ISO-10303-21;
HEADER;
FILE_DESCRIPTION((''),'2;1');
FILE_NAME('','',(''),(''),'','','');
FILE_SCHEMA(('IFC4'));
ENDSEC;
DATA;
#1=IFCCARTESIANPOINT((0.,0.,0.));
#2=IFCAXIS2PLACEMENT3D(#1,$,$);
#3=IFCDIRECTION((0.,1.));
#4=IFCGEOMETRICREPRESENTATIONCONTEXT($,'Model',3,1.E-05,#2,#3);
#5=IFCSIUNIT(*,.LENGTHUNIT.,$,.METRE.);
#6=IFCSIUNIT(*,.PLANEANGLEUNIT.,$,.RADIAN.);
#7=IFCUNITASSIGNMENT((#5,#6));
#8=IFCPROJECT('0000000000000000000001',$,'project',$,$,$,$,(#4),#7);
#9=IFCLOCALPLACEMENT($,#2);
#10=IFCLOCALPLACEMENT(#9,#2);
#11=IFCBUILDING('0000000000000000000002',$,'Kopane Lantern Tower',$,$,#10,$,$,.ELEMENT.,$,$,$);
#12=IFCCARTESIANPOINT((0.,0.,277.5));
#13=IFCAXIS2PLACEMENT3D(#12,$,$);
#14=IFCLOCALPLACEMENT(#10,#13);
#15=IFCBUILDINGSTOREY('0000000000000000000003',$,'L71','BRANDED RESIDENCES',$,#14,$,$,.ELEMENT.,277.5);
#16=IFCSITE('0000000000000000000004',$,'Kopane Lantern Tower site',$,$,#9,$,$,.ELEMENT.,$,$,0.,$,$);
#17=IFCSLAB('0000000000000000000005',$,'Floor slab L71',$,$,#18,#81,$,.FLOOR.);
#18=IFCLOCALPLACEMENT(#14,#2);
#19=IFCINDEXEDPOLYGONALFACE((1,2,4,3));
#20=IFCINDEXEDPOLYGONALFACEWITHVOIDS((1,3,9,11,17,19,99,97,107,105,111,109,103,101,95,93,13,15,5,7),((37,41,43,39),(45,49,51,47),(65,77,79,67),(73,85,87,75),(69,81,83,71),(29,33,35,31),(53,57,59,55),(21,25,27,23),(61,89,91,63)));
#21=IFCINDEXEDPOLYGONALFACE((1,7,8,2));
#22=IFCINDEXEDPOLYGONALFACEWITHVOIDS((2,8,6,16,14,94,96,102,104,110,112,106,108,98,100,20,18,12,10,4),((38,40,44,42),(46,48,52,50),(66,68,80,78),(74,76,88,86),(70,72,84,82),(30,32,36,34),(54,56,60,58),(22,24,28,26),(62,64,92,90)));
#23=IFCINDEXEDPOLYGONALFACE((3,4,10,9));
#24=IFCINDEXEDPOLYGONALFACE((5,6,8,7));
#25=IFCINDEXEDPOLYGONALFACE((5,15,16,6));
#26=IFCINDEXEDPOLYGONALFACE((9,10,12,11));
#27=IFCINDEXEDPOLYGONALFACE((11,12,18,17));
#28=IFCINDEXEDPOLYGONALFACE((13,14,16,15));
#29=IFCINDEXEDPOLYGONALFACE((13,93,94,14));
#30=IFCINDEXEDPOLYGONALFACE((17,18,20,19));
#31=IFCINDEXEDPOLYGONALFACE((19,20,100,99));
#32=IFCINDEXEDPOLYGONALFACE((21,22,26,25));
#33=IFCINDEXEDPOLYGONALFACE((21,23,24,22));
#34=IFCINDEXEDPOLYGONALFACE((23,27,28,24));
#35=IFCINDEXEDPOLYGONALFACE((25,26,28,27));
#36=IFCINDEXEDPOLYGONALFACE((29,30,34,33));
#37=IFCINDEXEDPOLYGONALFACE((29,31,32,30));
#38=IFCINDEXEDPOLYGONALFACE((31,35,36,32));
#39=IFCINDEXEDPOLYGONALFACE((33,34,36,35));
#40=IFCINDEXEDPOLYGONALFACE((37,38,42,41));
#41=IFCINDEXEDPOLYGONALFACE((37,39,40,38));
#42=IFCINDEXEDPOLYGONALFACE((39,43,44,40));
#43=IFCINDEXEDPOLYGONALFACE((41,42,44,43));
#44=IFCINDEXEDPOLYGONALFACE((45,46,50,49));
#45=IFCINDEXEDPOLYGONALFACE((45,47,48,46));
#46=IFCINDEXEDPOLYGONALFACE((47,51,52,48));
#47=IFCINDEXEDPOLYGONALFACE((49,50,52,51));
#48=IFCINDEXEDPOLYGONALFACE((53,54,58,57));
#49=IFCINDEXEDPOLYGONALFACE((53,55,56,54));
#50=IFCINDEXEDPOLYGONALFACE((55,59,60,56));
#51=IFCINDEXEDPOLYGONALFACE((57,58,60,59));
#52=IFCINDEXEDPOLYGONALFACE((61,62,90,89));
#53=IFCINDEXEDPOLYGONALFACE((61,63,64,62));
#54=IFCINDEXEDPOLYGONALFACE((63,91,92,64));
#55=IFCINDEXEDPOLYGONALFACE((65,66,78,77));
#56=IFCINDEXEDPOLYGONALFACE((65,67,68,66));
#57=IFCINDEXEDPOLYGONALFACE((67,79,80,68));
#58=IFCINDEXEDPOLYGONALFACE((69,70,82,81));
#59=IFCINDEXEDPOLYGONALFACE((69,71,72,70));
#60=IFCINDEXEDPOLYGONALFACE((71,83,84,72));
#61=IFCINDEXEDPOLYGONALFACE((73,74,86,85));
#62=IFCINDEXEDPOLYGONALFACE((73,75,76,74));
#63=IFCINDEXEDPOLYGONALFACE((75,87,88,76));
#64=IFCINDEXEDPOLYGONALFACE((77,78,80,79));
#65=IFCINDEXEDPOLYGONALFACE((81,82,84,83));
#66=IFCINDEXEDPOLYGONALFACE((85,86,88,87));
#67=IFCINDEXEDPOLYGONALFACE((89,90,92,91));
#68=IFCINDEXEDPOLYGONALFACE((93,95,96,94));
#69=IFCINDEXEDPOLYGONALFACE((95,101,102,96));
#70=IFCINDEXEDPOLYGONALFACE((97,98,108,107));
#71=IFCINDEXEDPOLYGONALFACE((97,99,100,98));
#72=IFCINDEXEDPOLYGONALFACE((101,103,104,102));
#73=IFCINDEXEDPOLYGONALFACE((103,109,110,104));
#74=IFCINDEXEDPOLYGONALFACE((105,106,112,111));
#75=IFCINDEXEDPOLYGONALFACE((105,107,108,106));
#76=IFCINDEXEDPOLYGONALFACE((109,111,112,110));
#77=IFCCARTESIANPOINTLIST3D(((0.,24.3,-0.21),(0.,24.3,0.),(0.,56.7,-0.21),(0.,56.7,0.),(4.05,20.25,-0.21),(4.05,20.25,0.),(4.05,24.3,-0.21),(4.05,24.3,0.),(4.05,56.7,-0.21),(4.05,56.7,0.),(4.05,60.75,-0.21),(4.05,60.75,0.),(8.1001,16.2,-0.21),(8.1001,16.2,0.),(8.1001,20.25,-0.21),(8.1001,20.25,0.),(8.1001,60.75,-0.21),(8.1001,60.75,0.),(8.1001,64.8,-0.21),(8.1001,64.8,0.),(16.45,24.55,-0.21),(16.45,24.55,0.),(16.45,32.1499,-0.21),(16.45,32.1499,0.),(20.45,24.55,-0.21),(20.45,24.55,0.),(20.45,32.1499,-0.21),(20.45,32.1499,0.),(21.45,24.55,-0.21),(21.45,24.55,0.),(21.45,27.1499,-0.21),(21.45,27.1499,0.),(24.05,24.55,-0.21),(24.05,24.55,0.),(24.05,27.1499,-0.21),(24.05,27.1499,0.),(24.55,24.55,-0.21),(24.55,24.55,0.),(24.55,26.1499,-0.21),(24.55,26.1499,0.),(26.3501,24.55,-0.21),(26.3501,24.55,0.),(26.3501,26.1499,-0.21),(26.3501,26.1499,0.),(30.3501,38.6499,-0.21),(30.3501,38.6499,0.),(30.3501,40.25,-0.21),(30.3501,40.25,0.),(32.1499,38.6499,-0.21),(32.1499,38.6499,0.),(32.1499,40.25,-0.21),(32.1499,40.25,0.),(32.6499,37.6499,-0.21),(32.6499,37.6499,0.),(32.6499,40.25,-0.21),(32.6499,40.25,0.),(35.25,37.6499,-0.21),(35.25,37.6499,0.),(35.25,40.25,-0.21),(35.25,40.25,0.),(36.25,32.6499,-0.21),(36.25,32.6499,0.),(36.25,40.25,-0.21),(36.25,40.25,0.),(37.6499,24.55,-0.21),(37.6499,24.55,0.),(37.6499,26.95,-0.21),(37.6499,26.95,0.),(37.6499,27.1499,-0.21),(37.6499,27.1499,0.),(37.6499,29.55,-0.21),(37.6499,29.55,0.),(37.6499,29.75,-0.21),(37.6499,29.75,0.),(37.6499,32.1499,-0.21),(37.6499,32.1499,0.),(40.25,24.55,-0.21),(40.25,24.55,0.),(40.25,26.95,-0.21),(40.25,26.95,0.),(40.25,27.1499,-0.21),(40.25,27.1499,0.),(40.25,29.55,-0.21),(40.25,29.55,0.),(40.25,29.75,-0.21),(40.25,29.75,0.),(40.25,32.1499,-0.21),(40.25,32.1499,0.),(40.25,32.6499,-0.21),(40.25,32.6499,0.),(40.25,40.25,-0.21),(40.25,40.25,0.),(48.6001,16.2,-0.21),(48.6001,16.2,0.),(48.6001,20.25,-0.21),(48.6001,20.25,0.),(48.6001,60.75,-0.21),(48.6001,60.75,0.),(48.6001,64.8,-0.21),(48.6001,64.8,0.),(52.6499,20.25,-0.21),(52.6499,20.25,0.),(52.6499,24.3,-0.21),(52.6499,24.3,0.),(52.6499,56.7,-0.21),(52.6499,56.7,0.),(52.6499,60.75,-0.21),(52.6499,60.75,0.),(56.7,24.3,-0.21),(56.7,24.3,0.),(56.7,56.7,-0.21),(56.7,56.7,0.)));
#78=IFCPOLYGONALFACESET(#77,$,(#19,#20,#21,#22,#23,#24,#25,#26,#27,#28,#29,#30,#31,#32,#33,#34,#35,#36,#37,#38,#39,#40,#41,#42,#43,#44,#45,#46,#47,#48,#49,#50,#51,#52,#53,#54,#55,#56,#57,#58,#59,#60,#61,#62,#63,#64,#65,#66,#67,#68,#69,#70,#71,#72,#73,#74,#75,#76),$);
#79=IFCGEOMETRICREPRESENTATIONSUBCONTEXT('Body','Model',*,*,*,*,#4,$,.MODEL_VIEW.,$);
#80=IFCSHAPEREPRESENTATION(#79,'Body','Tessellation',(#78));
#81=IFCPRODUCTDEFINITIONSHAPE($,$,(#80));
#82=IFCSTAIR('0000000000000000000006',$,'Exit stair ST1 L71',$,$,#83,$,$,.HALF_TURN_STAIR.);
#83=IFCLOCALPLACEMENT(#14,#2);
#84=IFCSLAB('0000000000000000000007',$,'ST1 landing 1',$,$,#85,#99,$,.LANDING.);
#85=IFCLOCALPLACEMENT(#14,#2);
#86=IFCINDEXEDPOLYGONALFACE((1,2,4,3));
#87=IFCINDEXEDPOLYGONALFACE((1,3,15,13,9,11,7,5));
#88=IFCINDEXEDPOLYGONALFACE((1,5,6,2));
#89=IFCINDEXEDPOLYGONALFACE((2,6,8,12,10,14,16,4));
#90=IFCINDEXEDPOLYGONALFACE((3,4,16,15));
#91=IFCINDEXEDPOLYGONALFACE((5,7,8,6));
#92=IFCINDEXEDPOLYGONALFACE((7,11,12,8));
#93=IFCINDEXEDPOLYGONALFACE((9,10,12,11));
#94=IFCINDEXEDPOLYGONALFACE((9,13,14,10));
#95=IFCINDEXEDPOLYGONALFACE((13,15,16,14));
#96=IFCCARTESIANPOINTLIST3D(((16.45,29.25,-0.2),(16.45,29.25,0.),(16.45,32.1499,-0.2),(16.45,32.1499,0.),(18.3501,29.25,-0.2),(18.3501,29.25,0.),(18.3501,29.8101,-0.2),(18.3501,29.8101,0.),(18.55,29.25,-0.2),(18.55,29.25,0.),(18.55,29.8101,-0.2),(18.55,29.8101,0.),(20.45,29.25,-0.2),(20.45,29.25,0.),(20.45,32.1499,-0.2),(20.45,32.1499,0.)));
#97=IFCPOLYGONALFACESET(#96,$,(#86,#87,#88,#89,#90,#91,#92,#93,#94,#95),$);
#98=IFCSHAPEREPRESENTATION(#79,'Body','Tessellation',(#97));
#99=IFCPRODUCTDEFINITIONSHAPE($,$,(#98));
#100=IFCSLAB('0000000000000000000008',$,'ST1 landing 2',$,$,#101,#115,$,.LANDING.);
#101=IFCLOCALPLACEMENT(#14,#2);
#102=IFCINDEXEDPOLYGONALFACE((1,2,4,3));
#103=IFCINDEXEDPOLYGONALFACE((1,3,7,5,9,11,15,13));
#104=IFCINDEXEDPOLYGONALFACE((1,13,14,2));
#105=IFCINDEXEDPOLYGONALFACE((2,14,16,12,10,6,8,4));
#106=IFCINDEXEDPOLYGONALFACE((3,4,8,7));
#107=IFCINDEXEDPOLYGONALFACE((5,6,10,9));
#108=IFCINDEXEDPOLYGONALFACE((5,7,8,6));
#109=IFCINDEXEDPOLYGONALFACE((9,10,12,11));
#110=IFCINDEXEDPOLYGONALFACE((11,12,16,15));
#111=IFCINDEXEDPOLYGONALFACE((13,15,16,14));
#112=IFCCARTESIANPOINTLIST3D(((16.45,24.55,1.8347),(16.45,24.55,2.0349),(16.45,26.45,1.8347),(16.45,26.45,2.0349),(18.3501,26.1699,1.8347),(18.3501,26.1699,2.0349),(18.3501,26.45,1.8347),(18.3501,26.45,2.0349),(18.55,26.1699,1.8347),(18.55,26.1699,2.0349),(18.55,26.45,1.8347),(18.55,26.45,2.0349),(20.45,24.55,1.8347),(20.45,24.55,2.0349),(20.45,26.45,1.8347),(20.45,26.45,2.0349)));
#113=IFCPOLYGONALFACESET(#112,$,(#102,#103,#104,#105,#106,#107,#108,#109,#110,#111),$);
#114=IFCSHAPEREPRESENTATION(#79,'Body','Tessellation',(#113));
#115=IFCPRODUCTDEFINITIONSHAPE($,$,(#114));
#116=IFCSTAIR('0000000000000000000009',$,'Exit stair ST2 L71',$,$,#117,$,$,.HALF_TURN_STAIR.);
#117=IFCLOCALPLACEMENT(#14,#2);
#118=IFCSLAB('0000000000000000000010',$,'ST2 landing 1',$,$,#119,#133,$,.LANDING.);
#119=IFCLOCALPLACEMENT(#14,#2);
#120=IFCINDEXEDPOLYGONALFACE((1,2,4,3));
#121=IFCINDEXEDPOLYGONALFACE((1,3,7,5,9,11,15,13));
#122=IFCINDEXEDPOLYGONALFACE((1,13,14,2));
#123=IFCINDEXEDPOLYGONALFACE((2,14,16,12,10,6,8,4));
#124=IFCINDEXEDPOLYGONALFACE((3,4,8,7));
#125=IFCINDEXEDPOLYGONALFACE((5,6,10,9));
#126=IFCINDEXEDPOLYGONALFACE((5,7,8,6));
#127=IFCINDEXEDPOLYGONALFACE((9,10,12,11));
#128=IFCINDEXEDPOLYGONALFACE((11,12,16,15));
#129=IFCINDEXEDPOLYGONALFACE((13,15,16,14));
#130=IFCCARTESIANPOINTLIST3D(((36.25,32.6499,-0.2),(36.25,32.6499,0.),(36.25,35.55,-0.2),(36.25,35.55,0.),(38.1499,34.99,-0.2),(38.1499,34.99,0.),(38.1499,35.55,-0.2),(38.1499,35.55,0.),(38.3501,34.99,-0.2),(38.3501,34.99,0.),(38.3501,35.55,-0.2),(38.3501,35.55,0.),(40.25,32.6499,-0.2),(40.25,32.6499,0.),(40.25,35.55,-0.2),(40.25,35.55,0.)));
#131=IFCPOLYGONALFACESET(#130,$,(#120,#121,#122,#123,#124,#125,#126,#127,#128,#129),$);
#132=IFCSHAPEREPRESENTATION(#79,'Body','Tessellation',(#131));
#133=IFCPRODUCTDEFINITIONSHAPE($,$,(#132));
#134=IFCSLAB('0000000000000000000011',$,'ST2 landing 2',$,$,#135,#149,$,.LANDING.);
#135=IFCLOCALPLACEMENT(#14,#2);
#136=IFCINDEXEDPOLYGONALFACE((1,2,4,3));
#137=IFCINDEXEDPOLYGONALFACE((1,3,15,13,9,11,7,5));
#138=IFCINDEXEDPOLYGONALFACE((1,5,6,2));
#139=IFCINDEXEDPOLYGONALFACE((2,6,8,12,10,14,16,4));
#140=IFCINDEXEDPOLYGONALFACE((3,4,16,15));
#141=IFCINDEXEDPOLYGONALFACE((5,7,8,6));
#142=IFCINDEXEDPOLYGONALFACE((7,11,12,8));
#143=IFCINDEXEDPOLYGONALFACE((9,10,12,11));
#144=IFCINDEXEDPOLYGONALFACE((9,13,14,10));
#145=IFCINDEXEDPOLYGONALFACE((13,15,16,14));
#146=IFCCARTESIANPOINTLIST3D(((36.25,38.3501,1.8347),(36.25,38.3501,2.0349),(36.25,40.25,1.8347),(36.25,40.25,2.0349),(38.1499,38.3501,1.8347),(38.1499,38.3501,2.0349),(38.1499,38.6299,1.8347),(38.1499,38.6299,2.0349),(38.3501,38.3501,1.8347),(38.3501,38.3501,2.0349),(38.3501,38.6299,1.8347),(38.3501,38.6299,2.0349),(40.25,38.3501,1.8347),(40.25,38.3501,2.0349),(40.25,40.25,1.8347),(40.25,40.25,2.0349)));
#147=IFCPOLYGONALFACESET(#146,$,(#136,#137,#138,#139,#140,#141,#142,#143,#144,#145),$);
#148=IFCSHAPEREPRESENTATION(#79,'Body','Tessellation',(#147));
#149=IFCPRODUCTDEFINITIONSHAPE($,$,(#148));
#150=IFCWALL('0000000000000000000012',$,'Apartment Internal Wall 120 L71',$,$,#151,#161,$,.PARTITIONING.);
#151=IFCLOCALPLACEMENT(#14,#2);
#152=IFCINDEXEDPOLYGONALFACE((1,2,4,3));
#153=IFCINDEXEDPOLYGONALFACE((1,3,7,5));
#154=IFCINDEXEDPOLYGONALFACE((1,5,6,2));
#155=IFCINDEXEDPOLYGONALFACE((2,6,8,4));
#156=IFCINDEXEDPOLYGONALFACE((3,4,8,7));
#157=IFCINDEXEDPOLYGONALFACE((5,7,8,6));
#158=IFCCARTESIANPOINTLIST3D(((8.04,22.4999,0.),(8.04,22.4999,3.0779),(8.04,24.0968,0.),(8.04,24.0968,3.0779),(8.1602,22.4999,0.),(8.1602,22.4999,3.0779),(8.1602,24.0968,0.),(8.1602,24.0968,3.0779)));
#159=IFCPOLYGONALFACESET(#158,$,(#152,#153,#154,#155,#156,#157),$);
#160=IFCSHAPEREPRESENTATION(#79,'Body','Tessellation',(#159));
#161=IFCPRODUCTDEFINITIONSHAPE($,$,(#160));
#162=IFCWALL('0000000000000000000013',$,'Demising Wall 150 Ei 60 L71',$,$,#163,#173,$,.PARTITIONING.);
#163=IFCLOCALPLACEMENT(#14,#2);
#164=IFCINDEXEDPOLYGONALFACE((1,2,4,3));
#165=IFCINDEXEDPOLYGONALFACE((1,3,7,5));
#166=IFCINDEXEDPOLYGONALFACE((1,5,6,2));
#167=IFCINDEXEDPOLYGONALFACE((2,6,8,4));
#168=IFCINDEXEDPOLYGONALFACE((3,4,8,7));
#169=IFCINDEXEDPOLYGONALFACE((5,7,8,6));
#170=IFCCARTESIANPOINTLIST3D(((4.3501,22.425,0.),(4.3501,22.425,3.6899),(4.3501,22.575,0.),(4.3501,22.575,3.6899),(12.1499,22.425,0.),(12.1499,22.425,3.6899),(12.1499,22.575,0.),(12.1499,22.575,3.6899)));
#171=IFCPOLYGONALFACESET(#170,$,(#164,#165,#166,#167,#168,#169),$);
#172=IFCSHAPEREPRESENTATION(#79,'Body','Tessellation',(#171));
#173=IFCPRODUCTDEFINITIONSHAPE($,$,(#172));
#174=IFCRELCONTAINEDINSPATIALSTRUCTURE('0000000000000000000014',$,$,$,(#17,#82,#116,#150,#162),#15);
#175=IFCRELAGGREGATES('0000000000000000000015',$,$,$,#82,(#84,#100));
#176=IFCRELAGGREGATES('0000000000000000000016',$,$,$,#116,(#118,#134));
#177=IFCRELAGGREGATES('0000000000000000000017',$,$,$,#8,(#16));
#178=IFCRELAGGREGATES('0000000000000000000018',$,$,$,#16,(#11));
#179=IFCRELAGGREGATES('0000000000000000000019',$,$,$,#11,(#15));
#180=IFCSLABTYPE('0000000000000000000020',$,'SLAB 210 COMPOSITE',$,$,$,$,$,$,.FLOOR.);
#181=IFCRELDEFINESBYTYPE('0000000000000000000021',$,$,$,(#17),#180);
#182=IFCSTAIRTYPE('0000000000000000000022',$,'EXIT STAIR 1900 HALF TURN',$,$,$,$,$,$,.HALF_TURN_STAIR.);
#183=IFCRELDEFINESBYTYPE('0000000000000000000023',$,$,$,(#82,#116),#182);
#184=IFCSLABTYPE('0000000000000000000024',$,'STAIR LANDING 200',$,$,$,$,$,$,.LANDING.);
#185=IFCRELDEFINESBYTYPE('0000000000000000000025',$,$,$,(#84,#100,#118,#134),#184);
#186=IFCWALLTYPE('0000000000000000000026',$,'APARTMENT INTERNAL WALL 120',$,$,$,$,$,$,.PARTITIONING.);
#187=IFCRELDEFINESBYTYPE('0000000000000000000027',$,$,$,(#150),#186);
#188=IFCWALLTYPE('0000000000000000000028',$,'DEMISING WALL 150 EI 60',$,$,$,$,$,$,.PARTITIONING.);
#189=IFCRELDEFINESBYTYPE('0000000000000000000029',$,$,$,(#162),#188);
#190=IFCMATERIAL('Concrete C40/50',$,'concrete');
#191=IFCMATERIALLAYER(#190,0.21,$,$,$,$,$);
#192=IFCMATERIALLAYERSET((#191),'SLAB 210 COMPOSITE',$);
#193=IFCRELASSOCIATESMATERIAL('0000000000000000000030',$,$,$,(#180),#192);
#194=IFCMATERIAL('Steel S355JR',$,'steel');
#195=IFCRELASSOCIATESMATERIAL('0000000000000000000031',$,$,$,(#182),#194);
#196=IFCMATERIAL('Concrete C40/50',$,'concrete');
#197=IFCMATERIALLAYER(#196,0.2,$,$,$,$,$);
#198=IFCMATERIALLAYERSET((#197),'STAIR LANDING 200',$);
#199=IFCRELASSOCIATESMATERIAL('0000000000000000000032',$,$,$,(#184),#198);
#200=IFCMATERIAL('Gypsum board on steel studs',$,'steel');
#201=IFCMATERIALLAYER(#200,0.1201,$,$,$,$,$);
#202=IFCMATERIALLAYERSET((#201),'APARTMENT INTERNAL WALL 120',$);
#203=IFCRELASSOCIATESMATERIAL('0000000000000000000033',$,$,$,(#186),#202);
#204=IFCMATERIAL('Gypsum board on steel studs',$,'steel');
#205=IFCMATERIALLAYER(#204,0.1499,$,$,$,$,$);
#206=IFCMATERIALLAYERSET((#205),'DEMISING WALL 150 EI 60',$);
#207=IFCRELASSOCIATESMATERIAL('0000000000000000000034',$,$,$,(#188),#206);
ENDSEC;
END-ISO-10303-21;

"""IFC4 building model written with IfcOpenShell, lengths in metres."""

from ifc_helpers import new_model, si_unit, direction, frame, frame_2d, origin, place, context, subcontext, project, spatial, polyline, rectangle, outline, extrude, material, layer, layer_set, type_object, element, aggregate, save


model = new_model("IFC4")

# Units and contexts
model_context = context("Model", 3, precision=1e-05, world=origin(), true_north=direction((0.0, 1.0)))
body_context = subcontext(model_context, "Body", "Model", "MODEL_VIEW")
ifc_project = project(units=[si_unit("LENGTHUNIT", "METRE"), si_unit("PLANEANGLEUNIT", "RADIAN")], contexts=[model_context])

# Site, building, storey
site_placement = place(None, origin())
site = spatial("IfcSite", under=ifc_project, at=site_placement, Name="Kopane Lantern Tower site", CompositionType="ELEMENT", RefElevation=0.0)
building_placement = place(site_placement, origin())
building = spatial("IfcBuilding", under=site, at=building_placement, Name="Kopane Lantern Tower", CompositionType="ELEMENT")
storey_placement = place(building_placement, frame((0.0, 0.0, 277.5)))
storey = spatial("IfcBuildingStorey", under=building, at=storey_placement, Name="L71", Description="BRANDED RESIDENCES", CompositionType="ELEMENT", Elevation=277.5)

# Slab
ifc_material_1 = material(Name="Concrete C40/50", Category="concrete")
ifc_layer_1 = layer(ifc_material_1, 0.21)
ifc_layer_set_1 = layer_set([ifc_layer_1], Name="SLAB 210 COMPOSITE")
slab_type_1 = type_object("IfcSlabType", Name="SLAB 210 COMPOSITE", PredefinedType="FLOOR", material=ifc_layer_set_1)
slab_1_placement = place(storey_placement, frame((0.0, 0.0, -0.21)))
element("IfcSlab", 1, at=slab_1_placement, inside=storey, type_object=slab_type_1, Name="Floor slab L71", PredefinedType="FLOOR", context=body_context, shape_type="SweptSolid", body=[
    extrude(outline(polyline([(8.1001, 16.2), (48.6001, 16.2), (48.6001, 20.25), (52.6499, 20.25), (52.6499, 24.3), (56.7, 24.3), (56.7, 56.7), (52.6499, 56.7), (52.6499, 60.75), (48.6001, 60.75), (48.6001, 64.8), (8.1001, 64.8), (8.1001, 60.75), (4.05, 60.75), (4.05, 56.7), (0.0, 56.7), (0.0, 24.3), (4.05, 24.3), (4.05, 20.25), (8.1001, 20.25), (8.1001, 16.2)]), holes=[polyline([(16.45, 24.55), (20.45, 24.55), (20.45, 32.1499), (16.45, 32.1499), (16.45, 24.55)]), polyline([(36.25, 32.6499), (40.25, 32.6499), (40.25, 40.25), (36.25, 40.25), (36.25, 32.6499)]), polyline([(37.6499, 24.55), (40.25, 24.55), (40.25, 26.95), (37.6499, 26.95), (37.6499, 24.55)]), polyline([(37.6499, 27.1499), (40.25, 27.1499), (40.25, 29.55), (37.6499, 29.55), (37.6499, 27.1499)]), polyline([(37.6499, 29.75), (40.25, 29.75), (40.25, 32.1499), (37.6499, 32.1499), (37.6499, 29.75)]), polyline([(21.45, 24.55), (24.05, 24.55), (24.05, 27.1499), (21.45, 27.1499), (21.45, 24.55)]), polyline([(32.6499, 37.6499), (35.25, 37.6499), (35.25, 40.25), (32.6499, 40.25), (32.6499, 37.6499)]), polyline([(24.55, 24.55), (26.3501, 24.55), (26.3501, 26.1499), (24.55, 26.1499), (24.55, 24.55)]), polyline([(30.3501, 38.6499), (32.1499, 38.6499), (32.1499, 40.25), (30.3501, 40.25), (30.3501, 38.6499)])]), origin(), (0.0, 0.0, 1.0), 0.21),
])

# Stairs, slabs
ifc_material_2 = material(Name="Steel S355JR", Category="steel")
stair_type = type_object("IfcStairType", Name="EXIT STAIR 1900 HALF TURN", PredefinedType="HALF_TURN_STAIR", material=ifc_material_2)
stair_1_placement = place(storey_placement, origin())
stair_1 = element("IfcStair", 2, at=stair_1_placement, inside=storey, type_object=stair_type, Name="Exit stair ST1 L71", PredefinedType="HALF_TURN_STAIR")
ifc_material_3 = material(Name="Concrete C40/50", Category="concrete")
ifc_layer_2 = layer(ifc_material_3, 0.2)
ifc_layer_set_2 = layer_set([ifc_layer_2], Name="STAIR LANDING 200")
slab_type_2 = type_object("IfcSlabType", Name="STAIR LANDING 200", PredefinedType="LANDING", material=ifc_layer_set_2)
slab_2_placement = place(storey_placement, frame((0.0, 0.0, -0.2)))
slab_2 = element("IfcSlab", 3, at=slab_2_placement, type_object=slab_type_2, Name="ST1 landing 1", PredefinedType="LANDING", context=body_context, shape_type="SweptSolid", body=[
    extrude(outline(polyline([(18.3501, 29.8101), (18.55, 29.8101), (18.55, 29.25), (20.45, 29.25), (20.45, 32.1499), (16.45, 32.1499), (16.45, 29.25), (18.3501, 29.25), (18.3501, 29.8101)])), origin(), (0.0, 0.0, 1.0), 0.2),
])
slab_3_placement = place(storey_placement, frame((0.0, 0.0, 1.8347)))
slab_3 = element("IfcSlab", 4, at=slab_3_placement, type_object=slab_type_2, Name="ST1 landing 2", PredefinedType="LANDING", context=body_context, shape_type="SweptSolid", body=[
    extrude(outline(polyline([(20.45, 26.45), (18.55, 26.45), (18.55, 26.1699), (18.3501, 26.1699), (18.3501, 26.45), (16.45, 26.45), (16.45, 24.55), (20.45, 24.55), (20.45, 26.45)])), origin(), (0.0, 0.0, 1.0), 0.2002),
])
aggregate(stair_1, [slab_2, slab_3])
stair_2_placement = place(storey_placement, origin())
stair_2 = element("IfcStair", 5, at=stair_2_placement, inside=storey, type_object=stair_type, Name="Exit stair ST2 L71", PredefinedType="HALF_TURN_STAIR")
slab_4_placement = place(storey_placement, frame((0.0, 0.0, -0.2)))
slab_4 = element("IfcSlab", 6, at=slab_4_placement, type_object=slab_type_2, Name="ST2 landing 1", PredefinedType="LANDING", context=body_context, shape_type="SweptSolid", body=[
    extrude(outline(polyline([(40.25, 35.55), (38.3501, 35.55), (38.3501, 34.99), (38.1499, 34.99), (38.1499, 35.55), (36.25, 35.55), (36.25, 32.6499), (40.25, 32.6499), (40.25, 35.55)])), origin(), (0.0, 0.0, 1.0), 0.2),
])
slab_5_placement = place(storey_placement, frame((0.0, 0.0, 1.8347)))
slab_5 = element("IfcSlab", 7, at=slab_5_placement, type_object=slab_type_2, Name="ST2 landing 2", PredefinedType="LANDING", context=body_context, shape_type="SweptSolid", body=[
    extrude(outline(polyline([(38.1499, 38.6299), (38.3501, 38.6299), (38.3501, 38.3501), (40.25, 38.3501), (40.25, 40.25), (36.25, 40.25), (36.25, 38.3501), (38.1499, 38.3501), (38.1499, 38.6299)])), origin(), (0.0, 0.0, 1.0), 0.2002),
])
aggregate(stair_2, [slab_4, slab_5])

# Walls
ifc_material_4 = material(Name="Gypsum board on steel studs", Category="steel")
ifc_layer_3 = layer(ifc_material_4, 0.1201)
ifc_layer_set_3 = layer_set([ifc_layer_3], Name="APARTMENT INTERNAL WALL 120")
wall_type_1 = type_object("IfcWallType", Name="APARTMENT INTERNAL WALL 120", PredefinedType="PARTITIONING", material=ifc_layer_set_3)
wall_1_placement = place(storey_placement, frame((8.1001, 22.5, 0.0), z_axis=(0.0, 0.0, 1.0), x_axis=(0.0, 1.0, 0.0)))
element("IfcWall", 8, at=wall_1_placement, inside=storey, type_object=wall_type_1, Name="Apartment Internal Wall 120 L71", PredefinedType="PARTITIONING", context=body_context, shape_type="SweptSolid", body=[
    extrude(rectangle(XDim=1.5969, YDim=0.1201, at=frame_2d((0.7983, 0.0))), origin(), (0.0, 0.0, 1.0), 3.0779),
])
ifc_material_5 = material(Name="Gypsum board on steel studs", Category="steel")
ifc_layer_4 = layer(ifc_material_5, 0.1499)
ifc_layer_set_4 = layer_set([ifc_layer_4], Name="DEMISING WALL 150 EI 60")
wall_type_2 = type_object("IfcWallType", Name="DEMISING WALL 150 EI 60", PredefinedType="PARTITIONING", material=ifc_layer_set_4)
wall_2_placement = place(storey_placement, frame((4.3501, 22.5, 0.0), z_axis=(0.0, 0.0, 1.0), x_axis=(1.0, 0.0, 0.0)))
element("IfcWall", 9, at=wall_2_placement, inside=storey, type_object=wall_type_2, Name="Demising Wall 150 Ei 60 L71", PredefinedType="PARTITIONING", context=body_context, shape_type="SweptSolid", body=[
    extrude(rectangle(XDim=7.7998, YDim=0.1499, at=frame_2d((3.8999, 0.0))), origin(), (0.0, 0.0, 1.0), 3.6899),
])

save(model, "model.ifc")
